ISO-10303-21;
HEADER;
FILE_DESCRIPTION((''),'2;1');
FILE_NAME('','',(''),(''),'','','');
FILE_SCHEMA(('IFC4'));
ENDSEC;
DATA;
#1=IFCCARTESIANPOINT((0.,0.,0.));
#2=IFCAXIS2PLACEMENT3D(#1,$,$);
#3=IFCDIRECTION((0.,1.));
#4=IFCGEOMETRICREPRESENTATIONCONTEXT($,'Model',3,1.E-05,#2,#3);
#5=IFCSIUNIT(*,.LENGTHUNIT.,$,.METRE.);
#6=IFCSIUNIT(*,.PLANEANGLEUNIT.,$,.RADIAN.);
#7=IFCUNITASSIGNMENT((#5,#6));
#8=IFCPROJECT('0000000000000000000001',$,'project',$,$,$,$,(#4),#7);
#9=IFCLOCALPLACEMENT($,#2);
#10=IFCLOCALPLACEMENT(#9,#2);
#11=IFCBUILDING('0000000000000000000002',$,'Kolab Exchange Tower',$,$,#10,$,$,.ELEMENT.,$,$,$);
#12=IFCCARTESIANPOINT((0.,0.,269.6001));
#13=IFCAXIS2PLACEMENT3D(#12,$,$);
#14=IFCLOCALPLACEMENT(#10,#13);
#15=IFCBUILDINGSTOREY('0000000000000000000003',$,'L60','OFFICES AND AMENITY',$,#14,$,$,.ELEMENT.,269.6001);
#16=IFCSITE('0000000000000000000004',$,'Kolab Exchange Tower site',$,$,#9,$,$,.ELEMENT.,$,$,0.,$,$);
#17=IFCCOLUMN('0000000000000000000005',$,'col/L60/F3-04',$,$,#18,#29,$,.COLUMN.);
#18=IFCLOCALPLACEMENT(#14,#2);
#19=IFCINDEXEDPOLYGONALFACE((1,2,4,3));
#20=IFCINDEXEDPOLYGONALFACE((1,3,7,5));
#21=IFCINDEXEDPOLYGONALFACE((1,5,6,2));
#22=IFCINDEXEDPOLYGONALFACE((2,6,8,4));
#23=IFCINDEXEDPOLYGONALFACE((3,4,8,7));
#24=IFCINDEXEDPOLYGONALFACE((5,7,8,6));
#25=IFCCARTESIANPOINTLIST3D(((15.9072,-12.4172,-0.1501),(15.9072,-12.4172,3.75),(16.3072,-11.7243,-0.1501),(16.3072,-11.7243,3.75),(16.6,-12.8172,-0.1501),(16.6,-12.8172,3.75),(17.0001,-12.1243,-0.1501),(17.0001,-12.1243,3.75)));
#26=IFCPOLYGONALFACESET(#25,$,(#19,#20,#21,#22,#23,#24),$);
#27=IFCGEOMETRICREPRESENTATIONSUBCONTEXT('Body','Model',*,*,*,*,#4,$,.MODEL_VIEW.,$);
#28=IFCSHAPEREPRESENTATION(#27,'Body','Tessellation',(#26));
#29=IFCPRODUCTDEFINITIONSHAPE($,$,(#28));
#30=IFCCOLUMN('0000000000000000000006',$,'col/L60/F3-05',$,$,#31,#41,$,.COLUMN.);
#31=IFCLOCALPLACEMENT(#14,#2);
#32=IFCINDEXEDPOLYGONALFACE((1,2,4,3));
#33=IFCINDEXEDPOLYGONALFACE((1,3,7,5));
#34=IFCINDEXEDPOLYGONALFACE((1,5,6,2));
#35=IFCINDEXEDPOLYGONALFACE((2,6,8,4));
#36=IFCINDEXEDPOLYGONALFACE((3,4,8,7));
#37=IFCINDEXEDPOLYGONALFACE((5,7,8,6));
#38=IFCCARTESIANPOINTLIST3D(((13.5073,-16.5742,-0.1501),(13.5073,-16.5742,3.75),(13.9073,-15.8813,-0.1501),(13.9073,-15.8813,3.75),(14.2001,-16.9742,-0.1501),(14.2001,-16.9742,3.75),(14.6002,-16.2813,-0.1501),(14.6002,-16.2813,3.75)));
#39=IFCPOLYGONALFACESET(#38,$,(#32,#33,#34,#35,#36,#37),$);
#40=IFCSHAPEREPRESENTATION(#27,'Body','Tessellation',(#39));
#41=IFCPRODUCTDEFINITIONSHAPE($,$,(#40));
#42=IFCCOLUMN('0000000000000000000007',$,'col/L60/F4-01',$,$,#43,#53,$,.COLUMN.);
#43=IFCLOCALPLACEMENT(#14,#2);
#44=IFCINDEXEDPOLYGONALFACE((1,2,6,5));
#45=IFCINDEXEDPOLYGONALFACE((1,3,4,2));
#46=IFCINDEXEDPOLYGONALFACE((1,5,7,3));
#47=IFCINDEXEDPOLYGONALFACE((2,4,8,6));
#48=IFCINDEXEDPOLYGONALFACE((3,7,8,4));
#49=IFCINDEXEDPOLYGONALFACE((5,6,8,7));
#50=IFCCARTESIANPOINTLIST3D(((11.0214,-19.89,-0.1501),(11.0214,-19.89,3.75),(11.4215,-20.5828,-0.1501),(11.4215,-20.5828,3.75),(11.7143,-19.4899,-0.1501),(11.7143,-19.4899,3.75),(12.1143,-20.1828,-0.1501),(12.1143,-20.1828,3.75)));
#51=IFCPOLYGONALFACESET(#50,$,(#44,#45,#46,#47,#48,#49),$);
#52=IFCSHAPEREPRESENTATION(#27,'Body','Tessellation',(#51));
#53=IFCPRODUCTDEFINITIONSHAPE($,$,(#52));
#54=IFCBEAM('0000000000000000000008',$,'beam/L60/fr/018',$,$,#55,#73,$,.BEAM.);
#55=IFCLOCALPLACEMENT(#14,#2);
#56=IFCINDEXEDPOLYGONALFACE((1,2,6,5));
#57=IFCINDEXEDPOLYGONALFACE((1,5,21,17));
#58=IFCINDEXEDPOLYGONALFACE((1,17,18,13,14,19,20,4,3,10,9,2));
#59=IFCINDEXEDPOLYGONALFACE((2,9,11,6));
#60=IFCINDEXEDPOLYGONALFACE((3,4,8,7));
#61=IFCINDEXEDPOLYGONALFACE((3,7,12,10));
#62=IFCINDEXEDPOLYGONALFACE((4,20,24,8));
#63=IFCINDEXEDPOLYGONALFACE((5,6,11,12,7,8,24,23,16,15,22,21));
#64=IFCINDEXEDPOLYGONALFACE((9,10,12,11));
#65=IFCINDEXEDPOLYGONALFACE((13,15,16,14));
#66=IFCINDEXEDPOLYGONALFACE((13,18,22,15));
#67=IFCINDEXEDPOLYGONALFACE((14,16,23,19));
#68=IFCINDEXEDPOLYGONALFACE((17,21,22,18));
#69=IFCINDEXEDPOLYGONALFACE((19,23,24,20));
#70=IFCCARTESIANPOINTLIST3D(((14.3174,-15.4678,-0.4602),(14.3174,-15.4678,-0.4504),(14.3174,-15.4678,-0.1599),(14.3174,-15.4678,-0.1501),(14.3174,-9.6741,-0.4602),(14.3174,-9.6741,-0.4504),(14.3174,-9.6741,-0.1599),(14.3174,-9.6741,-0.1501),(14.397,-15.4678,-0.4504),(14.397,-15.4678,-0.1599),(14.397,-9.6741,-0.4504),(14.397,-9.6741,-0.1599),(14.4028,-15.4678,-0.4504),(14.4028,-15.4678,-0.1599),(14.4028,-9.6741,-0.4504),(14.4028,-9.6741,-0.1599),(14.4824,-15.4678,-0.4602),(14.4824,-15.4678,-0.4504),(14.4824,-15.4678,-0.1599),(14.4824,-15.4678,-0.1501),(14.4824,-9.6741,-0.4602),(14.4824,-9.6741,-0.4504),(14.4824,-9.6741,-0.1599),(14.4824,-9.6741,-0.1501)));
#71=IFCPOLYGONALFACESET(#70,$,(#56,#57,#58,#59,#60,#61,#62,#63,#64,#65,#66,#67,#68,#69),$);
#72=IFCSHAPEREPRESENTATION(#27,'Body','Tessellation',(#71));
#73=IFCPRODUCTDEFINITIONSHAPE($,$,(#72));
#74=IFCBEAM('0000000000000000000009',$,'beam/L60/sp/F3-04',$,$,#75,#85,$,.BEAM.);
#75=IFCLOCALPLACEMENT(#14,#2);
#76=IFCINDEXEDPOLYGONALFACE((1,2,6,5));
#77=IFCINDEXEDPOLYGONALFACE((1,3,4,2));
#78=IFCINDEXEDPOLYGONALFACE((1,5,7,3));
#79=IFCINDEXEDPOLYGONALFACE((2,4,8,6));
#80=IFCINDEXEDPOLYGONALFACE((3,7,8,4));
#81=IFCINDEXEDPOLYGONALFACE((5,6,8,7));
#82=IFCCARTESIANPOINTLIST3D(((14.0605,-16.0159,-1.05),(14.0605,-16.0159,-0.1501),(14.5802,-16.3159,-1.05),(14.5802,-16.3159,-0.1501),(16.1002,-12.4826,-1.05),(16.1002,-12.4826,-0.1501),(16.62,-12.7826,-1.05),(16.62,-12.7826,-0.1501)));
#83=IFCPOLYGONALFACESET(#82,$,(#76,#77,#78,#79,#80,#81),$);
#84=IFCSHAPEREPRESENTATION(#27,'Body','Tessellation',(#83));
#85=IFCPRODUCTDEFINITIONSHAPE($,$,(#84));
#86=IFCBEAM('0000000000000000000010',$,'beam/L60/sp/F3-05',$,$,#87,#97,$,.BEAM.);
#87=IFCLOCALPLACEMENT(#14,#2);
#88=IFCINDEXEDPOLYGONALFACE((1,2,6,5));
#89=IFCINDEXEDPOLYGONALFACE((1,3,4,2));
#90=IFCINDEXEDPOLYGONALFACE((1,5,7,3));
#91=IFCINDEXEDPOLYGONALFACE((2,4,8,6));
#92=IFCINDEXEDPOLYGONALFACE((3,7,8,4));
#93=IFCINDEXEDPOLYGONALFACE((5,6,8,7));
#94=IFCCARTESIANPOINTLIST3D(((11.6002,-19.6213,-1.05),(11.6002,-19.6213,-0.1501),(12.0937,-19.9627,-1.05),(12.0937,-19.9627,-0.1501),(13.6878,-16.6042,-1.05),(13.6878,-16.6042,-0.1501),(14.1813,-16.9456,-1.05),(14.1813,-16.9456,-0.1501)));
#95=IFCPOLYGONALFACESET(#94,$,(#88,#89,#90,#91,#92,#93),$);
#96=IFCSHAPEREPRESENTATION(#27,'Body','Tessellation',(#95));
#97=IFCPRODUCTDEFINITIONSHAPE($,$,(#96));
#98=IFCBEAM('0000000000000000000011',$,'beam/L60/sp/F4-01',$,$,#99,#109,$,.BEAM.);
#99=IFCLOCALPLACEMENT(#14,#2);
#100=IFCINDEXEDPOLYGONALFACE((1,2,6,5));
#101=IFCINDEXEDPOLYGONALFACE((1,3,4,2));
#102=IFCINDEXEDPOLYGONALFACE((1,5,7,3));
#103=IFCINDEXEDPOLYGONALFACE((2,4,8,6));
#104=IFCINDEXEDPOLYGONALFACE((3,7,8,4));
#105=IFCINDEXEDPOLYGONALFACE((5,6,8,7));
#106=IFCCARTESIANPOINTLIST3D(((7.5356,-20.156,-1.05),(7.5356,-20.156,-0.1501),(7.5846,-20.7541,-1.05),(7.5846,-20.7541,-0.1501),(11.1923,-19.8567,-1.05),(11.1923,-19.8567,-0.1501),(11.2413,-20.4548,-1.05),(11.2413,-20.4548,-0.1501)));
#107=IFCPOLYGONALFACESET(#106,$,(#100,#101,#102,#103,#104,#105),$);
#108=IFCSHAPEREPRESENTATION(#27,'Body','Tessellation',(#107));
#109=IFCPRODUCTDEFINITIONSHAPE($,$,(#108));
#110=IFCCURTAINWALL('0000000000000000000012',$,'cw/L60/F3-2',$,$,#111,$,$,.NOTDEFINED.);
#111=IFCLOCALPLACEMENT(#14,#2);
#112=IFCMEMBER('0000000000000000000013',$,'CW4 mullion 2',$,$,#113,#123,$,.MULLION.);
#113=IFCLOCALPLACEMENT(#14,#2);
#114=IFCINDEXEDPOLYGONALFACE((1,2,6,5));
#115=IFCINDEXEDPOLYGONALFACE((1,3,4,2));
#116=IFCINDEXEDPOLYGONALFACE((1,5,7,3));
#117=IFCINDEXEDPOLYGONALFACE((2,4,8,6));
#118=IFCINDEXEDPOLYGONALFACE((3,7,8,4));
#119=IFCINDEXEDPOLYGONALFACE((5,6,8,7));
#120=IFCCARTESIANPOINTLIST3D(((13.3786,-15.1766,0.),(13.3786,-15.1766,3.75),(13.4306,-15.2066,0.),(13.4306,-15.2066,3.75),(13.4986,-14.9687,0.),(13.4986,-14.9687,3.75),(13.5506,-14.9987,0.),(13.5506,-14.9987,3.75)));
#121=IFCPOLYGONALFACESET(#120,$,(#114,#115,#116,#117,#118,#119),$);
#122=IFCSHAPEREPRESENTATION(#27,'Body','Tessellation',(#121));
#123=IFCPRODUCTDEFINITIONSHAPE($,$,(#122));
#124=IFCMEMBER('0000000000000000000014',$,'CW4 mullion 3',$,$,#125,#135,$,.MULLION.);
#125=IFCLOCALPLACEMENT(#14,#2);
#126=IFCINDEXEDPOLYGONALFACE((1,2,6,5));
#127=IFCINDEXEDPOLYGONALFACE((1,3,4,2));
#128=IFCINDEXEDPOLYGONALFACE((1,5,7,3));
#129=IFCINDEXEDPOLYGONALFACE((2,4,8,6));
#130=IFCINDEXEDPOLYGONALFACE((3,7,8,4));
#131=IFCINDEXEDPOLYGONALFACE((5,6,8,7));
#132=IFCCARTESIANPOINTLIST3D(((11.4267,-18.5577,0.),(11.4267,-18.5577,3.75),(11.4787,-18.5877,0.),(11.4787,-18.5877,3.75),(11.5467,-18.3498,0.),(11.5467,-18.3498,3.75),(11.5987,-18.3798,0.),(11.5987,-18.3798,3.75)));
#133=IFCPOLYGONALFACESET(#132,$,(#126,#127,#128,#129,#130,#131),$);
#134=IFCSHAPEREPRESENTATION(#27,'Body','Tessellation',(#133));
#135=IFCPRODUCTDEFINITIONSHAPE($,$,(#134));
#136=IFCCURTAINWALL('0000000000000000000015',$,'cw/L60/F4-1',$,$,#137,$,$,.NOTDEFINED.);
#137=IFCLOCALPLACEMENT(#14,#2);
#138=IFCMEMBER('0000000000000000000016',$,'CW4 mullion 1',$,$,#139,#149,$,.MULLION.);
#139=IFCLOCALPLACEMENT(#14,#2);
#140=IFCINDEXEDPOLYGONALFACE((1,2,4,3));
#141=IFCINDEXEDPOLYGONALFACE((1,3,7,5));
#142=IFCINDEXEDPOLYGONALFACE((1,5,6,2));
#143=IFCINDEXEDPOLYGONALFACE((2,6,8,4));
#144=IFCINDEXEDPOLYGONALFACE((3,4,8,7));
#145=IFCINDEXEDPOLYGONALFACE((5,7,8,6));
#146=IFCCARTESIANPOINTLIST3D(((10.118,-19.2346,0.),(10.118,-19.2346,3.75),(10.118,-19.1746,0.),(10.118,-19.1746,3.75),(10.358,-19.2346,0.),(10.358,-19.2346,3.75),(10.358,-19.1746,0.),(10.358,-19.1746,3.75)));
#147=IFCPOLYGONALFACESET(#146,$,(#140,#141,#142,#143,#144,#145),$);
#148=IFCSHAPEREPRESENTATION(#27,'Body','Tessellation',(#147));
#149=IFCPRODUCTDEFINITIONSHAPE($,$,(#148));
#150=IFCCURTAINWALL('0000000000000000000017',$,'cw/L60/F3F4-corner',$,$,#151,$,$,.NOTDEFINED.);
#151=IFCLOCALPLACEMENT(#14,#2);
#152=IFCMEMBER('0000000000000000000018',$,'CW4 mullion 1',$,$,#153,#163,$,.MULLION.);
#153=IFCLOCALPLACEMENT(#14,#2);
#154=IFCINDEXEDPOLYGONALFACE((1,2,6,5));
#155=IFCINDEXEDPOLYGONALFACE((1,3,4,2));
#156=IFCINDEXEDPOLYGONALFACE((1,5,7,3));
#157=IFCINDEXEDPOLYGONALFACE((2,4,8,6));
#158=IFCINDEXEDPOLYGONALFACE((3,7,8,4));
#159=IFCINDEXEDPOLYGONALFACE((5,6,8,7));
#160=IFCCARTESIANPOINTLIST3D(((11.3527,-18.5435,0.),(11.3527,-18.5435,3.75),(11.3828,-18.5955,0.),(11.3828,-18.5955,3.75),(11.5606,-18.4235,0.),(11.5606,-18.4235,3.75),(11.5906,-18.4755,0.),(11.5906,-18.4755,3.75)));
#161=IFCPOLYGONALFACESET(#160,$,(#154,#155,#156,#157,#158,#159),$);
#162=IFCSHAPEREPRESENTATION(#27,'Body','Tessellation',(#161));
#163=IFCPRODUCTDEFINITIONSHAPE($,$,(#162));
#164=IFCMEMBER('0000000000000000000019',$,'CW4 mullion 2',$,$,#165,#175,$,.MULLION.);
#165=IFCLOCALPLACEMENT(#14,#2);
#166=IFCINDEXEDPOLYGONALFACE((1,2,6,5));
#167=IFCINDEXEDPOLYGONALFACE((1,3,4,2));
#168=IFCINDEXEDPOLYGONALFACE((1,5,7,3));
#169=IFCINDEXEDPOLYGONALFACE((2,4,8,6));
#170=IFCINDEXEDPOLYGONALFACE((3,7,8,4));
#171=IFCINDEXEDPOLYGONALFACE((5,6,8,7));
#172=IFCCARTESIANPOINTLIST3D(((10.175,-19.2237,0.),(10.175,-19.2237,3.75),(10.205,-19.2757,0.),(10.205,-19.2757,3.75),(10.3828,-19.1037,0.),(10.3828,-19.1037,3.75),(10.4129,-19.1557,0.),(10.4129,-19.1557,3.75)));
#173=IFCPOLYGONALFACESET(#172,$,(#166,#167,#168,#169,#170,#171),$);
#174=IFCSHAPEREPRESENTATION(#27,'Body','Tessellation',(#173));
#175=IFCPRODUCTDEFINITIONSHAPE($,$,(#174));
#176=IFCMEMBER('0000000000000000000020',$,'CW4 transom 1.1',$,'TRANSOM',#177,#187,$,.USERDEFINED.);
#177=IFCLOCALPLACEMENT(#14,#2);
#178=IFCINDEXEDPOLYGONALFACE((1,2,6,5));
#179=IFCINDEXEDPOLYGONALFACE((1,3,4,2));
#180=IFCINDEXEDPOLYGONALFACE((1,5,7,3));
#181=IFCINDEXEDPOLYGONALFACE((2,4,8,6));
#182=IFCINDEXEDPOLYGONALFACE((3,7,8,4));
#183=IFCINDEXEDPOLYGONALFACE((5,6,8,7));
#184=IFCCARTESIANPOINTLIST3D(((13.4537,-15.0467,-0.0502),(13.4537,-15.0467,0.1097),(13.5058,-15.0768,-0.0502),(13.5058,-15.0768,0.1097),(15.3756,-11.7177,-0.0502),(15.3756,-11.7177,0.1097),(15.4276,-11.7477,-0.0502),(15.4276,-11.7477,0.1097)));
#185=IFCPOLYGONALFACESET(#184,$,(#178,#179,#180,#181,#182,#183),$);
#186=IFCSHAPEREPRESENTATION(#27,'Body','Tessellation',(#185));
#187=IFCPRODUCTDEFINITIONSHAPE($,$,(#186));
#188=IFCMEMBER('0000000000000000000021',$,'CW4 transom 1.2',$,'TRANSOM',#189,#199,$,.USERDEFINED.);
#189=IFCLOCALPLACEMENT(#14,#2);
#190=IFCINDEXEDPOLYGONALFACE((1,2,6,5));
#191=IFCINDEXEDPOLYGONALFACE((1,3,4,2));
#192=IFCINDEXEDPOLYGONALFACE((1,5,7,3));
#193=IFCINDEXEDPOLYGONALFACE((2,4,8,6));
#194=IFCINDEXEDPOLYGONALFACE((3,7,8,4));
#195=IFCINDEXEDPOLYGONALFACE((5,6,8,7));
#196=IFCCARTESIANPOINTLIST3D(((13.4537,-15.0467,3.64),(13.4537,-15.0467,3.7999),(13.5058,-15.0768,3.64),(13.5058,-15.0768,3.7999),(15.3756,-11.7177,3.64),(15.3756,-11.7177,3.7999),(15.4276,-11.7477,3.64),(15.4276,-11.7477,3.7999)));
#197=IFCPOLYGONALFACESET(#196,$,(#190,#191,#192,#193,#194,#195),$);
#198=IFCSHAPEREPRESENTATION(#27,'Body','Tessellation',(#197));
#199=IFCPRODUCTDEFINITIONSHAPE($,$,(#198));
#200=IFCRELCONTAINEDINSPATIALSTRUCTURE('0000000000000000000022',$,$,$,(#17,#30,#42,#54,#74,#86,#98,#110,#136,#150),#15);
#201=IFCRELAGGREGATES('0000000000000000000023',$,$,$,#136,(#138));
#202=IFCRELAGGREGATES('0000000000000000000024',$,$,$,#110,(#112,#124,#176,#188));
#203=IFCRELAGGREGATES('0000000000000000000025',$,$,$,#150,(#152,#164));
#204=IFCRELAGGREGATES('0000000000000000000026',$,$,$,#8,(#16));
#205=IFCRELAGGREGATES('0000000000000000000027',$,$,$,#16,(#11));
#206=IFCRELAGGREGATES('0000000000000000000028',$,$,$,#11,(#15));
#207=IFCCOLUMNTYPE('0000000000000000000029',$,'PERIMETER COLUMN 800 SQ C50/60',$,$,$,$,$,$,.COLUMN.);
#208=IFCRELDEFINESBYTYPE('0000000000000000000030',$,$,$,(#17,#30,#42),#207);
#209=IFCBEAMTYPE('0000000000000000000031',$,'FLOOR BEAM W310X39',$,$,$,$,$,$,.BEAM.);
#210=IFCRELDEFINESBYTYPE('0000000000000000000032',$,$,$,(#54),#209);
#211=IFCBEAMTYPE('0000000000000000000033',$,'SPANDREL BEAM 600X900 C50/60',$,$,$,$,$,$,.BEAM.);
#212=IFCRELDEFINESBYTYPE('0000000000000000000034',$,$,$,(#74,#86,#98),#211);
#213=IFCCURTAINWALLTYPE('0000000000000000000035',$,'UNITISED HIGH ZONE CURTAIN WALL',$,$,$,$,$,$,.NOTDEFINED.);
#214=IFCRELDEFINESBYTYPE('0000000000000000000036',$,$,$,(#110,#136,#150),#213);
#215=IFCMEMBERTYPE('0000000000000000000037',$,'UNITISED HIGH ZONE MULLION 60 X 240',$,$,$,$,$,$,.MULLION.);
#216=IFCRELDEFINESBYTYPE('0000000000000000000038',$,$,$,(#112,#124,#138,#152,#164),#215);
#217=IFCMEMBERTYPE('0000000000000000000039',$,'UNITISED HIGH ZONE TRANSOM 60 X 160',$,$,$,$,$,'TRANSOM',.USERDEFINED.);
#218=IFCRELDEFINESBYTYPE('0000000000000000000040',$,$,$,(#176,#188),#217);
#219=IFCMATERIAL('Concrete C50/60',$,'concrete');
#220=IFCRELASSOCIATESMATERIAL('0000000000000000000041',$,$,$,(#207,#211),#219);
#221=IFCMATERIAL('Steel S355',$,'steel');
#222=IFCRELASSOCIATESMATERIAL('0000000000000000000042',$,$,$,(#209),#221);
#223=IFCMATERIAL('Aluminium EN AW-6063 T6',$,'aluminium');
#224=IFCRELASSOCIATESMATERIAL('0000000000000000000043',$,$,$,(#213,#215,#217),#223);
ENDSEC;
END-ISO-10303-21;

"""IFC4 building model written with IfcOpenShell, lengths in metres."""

from ifc_helpers import new_model, si_unit, direction, frame, origin, origin_2d, place, context, subcontext, project, spatial, rectangle, i_section, extrude, material, material_profile, profile_set, type_object, element, aggregate, save


model = new_model("IFC4")

# Units and contexts
model_context = context("Model", 3, precision=1e-05, world=origin(), true_north=direction((0.0, 1.0)))
body_context = subcontext(model_context, "Body", "Model", "MODEL_VIEW")
ifc_project = project(units=[si_unit("LENGTHUNIT", "METRE"), si_unit("PLANEANGLEUNIT", "RADIAN")], contexts=[model_context])

# Site, building, storey
site_placement = place(None, origin())
site = spatial("IfcSite", under=ifc_project, at=site_placement, Name="Kolab Exchange Tower site", CompositionType="ELEMENT", RefElevation=0.0)
building_placement = place(site_placement, origin())
building = spatial("IfcBuilding", under=site, at=building_placement, Name="Kolab Exchange Tower", CompositionType="ELEMENT")
storey_placement = place(building_placement, frame((0.0, 0.0, 269.6001)))
storey = spatial("IfcBuildingStorey", under=building, at=storey_placement, Name="L60", Description="OFFICES AND AMENITY", CompositionType="ELEMENT", Elevation=269.6001)

# Columns
ifc_material_1 = material(Name="Concrete C50/60", Category="concrete")
ifc_material_profile_1 = material_profile(ifc_material_1, rectangle(XDim=0.8, YDim=0.8, at=origin_2d()), Name="RC800")
ifc_profile_set_1 = profile_set([ifc_material_profile_1], Name="Concrete C50/60")
column_type = type_object("IfcColumnType", Name="PERIMETER COLUMN 800 SQ C50/60", PredefinedType="COLUMN", material=ifc_profile_set_1)
for number, where, z_axis, x_axis, name in (
    (1, (16.4536, -12.2708, -0.1501), (0.0, 0.0, 1.0), (0.5, 0.866025, 0.0), "col/L60/F3-04"),
    (2, (14.0537, -16.4277, -0.1501), (0.0, 0.0, 1.0), (0.5, 0.866025, 0.0), "col/L60/F3-05"),
    (3, (11.5679, -20.0364, -0.1501), (0.0, 0.0, 1.0), (0.866025, 0.5, 0.0), "col/L60/F4-01"),
):
    element("IfcColumn", number, at=place(storey_placement, frame(where, z_axis=z_axis, x_axis=x_axis)), inside=storey, type_object=column_type, Name=name, PredefinedType="COLUMN", context=body_context, shape_type="SweptSolid", body=[
        extrude(rectangle(XDim=0.8, YDim=0.8, at=origin_2d()), origin(), (0.0, 0.0, 1.0), 3.9001),
    ])

# Beams
ifc_material_2 = material(Name="Steel S355", Category="steel")
ifc_material_profile_2 = material_profile(ifc_material_2, i_section(OverallWidth=0.165, OverallDepth=0.3101, WebThickness=0.0059, FlangeThickness=0.0098, at=origin_2d()), Name="W310X39")
ifc_profile_set_2 = profile_set([ifc_material_profile_2], Name="Steel S355")
beam_type_1 = type_object("IfcBeamType", Name="FLOOR BEAM W310X39", PredefinedType="BEAM", material=ifc_profile_set_2)
beam_1_placement = place(storey_placement, frame((14.3999, -15.4678, -0.3052), z_axis=(0.0, 1.0, 0.0), x_axis=(-1.0, 0.0, 0.0)))
element("IfcBeam", 4, at=beam_1_placement, inside=storey, type_object=beam_type_1, Name="beam/L60/fr/018", PredefinedType="BEAM", context=body_context, shape_type="SweptSolid", body=[
    extrude(i_section(OverallWidth=0.165, OverallDepth=0.3101, WebThickness=0.0059, FlangeThickness=0.0098, at=origin_2d()), origin(), (0.0, 0.0, 1.0), 5.7937),
])
ifc_material_profile_3 = material_profile(ifc_material_1, rectangle(XDim=0.6001, YDim=0.8999, at=origin_2d()), Name="RC600X900")
ifc_profile_set_3 = profile_set([ifc_material_profile_3], Name="Concrete C50/60")
beam_type_2 = type_object("IfcBeamType", Name="SPANDREL BEAM 600X900 C50/60", PredefinedType="BEAM", material=ifc_profile_set_3)
beam_2_placement = place(storey_placement, frame((16.3601, -12.6326, -0.6001), z_axis=(-0.499956, -0.866051, 0.0), x_axis=(0.866051, -0.499956, 0.0)))
element("IfcBeam", 5, at=beam_2_placement, inside=storey, type_object=beam_type_2, Name="beam/L60/sp/F3-04", PredefinedType="BEAM", context=body_context, shape_type="SweptSolid", body=[
    extrude(rectangle(XDim=0.6001, YDim=0.8999, at=origin_2d()), origin(), (0.0, 0.0, 1.0), 4.0798),
])
for number, where, z_axis, x_axis, name in (
    (6, (13.9346, -16.7749, -0.6001), (-0.569006, -0.822334, 0.0), (0.822334, -0.569006, 0.0), "beam/L60/sp/F3-05"),
    (7, (11.2168, -20.1558, -0.6001), (-0.996667, -0.081581, 0.0), (0.081581, -0.996667, 0.0), "beam/L60/sp/F4-01"),
):
    element("IfcBeam", number, at=place(storey_placement, frame(where, z_axis=z_axis, x_axis=x_axis)), inside=storey, type_object=beam_type_2, Name=name, PredefinedType="BEAM", context=body_context, shape_type="SweptSolid", body=[
        extrude(rectangle(XDim=0.6001, YDim=0.8999, at=origin_2d()), origin(), (0.0, 0.0, 1.0), 3.6689),
    ])

# Curtain wall, members
ifc_material_3 = material(Name="Aluminium EN AW-6063 T6", Category="aluminium")
curtain_wall_type = type_object("IfcCurtainWallType", Name="UNITISED HIGH ZONE CURTAIN WALL", PredefinedType="NOTDEFINED", material=ifc_material_3)
curtain_wall_1_placement = place(storey_placement, origin())
curtain_wall_1 = element("IfcCurtainWall", 8, at=curtain_wall_1_placement, inside=storey, type_object=curtain_wall_type, Name="cw/L60/F3-2", PredefinedType="NOTDEFINED")
ifc_material_profile_4 = material_profile(ifc_material_3, rectangle(XDim=0.0601, YDim=0.24, at=origin_2d()), Name="RECT 60X240")
ifc_profile_set_4 = profile_set([ifc_material_profile_4], Name="Aluminium EN AW-6063 T6")
member_type_1 = type_object("IfcMemberType", Name="UNITISED HIGH ZONE MULLION 60 X 240", PredefinedType="MULLION", material=ifc_profile_set_4)
member_1_placement = place(storey_placement, frame((13.4646, -15.0876, 0.0), z_axis=(0.0, 0.0, 1.0), x_axis=(0.866025, -0.5, 0.0)))
member_1 = element("IfcMember", 9, at=member_1_placement, type_object=member_type_1, Name="CW4 mullion 2", PredefinedType="MULLION", context=body_context, shape_type="SweptSolid", body=[
    extrude(rectangle(XDim=0.0601, YDim=0.24, at=origin_2d()), origin(), (0.0, 0.0, 1.0), 3.75),
])
member_2_placement = place(storey_placement, frame((11.5127, -18.4688, 0.0), z_axis=(0.0, 0.0, 1.0), x_axis=(0.866025, -0.5, 0.0)))
member_2 = element("IfcMember", 10, at=member_2_placement, type_object=member_type_1, Name="CW4 mullion 3", PredefinedType="MULLION", context=body_context, shape_type="SweptSolid", body=[
    extrude(rectangle(XDim=0.0601, YDim=0.24, at=origin_2d()), origin(), (0.0, 0.0, 1.0), 3.75),
])

# Curtain wall, member
curtain_wall_2_placement = place(storey_placement, origin())
curtain_wall_2 = element("IfcCurtainWall", 11, at=curtain_wall_2_placement, inside=storey, type_object=curtain_wall_type, Name="cw/L60/F4-1", PredefinedType="NOTDEFINED")
member_3_placement = place(storey_placement, frame((10.238, -19.2046, 0.0), z_axis=(0.0, 0.0, 1.0), x_axis=(0.0, -1.0, 0.0)))
member_3 = element("IfcMember", 12, at=member_3_placement, type_object=member_type_1, Name="CW4 mullion 1", PredefinedType="MULLION", context=body_context, shape_type="SweptSolid", body=[
    extrude(rectangle(XDim=0.0601, YDim=0.24, at=origin_2d()), origin(), (0.0, 0.0, 1.0), 3.75),
])

# Curtain wall, members
curtain_wall_3_placement = place(storey_placement, origin())
curtain_wall_3 = element("IfcCurtainWall", 13, at=curtain_wall_3_placement, inside=storey, type_object=curtain_wall_type, Name="cw/L60/F3F4-corner", PredefinedType="NOTDEFINED")
member_4_placement = place(storey_placement, frame((11.4717, -18.5095, 0.0), z_axis=(0.0, 0.0, 1.0), x_axis=(0.5, -0.866025, 0.0)))
member_4 = element("IfcMember", 14, at=member_4_placement, type_object=member_type_1, Name="CW4 mullion 1", PredefinedType="MULLION", context=body_context, shape_type="SweptSolid", body=[
    extrude(rectangle(XDim=0.0601, YDim=0.24, at=origin_2d()), origin(), (0.0, 0.0, 1.0), 3.75),
])
member_5_placement = place(storey_placement, frame((10.2939, -19.1897, 0.0), z_axis=(0.0, 0.0, 1.0), x_axis=(0.5, -0.866025, 0.0)))
member_5 = element("IfcMember", 15, at=member_5_placement, type_object=member_type_1, Name="CW4 mullion 2", PredefinedType="MULLION", context=body_context, shape_type="SweptSolid", body=[
    extrude(rectangle(XDim=0.0601, YDim=0.24, at=origin_2d()), origin(), (0.0, 0.0, 1.0), 3.75),
])

# Members
ifc_material_profile_5 = material_profile(ifc_material_3, rectangle(XDim=0.0601, YDim=0.1599, at=origin_2d()), Name="RECT 60X160")
ifc_profile_set_5 = profile_set([ifc_material_profile_5], Name="Aluminium EN AW-6063 T6")
member_type_2 = type_object("IfcMemberType", Name="UNITISED HIGH ZONE TRANSOM 60 X 160", ElementType="TRANSOM", PredefinedType="USERDEFINED", material=ifc_profile_set_5)
member_6_placement = place(storey_placement, frame((15.4016, -11.7327, 0.0298), z_axis=(-0.499964, -0.866046, 0.0), x_axis=(0.866046, -0.499964, 0.0)))
member_6 = element("IfcMember", 16, at=member_6_placement, type_object=member_type_2, Name="CW4 transom 1.1", ObjectType="TRANSOM", PredefinedType="USERDEFINED", context=body_context, shape_type="SweptSolid", body=[
    extrude(rectangle(XDim=0.0601, YDim=0.1599, at=origin_2d()), origin(), (0.0, 0.0, 1.0), 3.844),
])
member_7_placement = place(storey_placement, frame((15.4016, -11.7327, 3.72), z_axis=(-0.499964, -0.866046, 0.0), x_axis=(0.866046, -0.499964, 0.0)))
member_7 = element("IfcMember", 17, at=member_7_placement, type_object=member_type_2, Name="CW4 transom 1.2", ObjectType="TRANSOM", PredefinedType="USERDEFINED", context=body_context, shape_type="SweptSolid", body=[
    extrude(rectangle(XDim=0.0601, YDim=0.1599, at=origin_2d()), origin(), (0.0, 0.0, 1.0), 3.844),
])
aggregate(curtain_wall_2, [member_3])

aggregate(curtain_wall_1, [member_1, member_2, member_6, member_7])
aggregate(curtain_wall_3, [member_4, member_5])

save(model, "model.ifc")
